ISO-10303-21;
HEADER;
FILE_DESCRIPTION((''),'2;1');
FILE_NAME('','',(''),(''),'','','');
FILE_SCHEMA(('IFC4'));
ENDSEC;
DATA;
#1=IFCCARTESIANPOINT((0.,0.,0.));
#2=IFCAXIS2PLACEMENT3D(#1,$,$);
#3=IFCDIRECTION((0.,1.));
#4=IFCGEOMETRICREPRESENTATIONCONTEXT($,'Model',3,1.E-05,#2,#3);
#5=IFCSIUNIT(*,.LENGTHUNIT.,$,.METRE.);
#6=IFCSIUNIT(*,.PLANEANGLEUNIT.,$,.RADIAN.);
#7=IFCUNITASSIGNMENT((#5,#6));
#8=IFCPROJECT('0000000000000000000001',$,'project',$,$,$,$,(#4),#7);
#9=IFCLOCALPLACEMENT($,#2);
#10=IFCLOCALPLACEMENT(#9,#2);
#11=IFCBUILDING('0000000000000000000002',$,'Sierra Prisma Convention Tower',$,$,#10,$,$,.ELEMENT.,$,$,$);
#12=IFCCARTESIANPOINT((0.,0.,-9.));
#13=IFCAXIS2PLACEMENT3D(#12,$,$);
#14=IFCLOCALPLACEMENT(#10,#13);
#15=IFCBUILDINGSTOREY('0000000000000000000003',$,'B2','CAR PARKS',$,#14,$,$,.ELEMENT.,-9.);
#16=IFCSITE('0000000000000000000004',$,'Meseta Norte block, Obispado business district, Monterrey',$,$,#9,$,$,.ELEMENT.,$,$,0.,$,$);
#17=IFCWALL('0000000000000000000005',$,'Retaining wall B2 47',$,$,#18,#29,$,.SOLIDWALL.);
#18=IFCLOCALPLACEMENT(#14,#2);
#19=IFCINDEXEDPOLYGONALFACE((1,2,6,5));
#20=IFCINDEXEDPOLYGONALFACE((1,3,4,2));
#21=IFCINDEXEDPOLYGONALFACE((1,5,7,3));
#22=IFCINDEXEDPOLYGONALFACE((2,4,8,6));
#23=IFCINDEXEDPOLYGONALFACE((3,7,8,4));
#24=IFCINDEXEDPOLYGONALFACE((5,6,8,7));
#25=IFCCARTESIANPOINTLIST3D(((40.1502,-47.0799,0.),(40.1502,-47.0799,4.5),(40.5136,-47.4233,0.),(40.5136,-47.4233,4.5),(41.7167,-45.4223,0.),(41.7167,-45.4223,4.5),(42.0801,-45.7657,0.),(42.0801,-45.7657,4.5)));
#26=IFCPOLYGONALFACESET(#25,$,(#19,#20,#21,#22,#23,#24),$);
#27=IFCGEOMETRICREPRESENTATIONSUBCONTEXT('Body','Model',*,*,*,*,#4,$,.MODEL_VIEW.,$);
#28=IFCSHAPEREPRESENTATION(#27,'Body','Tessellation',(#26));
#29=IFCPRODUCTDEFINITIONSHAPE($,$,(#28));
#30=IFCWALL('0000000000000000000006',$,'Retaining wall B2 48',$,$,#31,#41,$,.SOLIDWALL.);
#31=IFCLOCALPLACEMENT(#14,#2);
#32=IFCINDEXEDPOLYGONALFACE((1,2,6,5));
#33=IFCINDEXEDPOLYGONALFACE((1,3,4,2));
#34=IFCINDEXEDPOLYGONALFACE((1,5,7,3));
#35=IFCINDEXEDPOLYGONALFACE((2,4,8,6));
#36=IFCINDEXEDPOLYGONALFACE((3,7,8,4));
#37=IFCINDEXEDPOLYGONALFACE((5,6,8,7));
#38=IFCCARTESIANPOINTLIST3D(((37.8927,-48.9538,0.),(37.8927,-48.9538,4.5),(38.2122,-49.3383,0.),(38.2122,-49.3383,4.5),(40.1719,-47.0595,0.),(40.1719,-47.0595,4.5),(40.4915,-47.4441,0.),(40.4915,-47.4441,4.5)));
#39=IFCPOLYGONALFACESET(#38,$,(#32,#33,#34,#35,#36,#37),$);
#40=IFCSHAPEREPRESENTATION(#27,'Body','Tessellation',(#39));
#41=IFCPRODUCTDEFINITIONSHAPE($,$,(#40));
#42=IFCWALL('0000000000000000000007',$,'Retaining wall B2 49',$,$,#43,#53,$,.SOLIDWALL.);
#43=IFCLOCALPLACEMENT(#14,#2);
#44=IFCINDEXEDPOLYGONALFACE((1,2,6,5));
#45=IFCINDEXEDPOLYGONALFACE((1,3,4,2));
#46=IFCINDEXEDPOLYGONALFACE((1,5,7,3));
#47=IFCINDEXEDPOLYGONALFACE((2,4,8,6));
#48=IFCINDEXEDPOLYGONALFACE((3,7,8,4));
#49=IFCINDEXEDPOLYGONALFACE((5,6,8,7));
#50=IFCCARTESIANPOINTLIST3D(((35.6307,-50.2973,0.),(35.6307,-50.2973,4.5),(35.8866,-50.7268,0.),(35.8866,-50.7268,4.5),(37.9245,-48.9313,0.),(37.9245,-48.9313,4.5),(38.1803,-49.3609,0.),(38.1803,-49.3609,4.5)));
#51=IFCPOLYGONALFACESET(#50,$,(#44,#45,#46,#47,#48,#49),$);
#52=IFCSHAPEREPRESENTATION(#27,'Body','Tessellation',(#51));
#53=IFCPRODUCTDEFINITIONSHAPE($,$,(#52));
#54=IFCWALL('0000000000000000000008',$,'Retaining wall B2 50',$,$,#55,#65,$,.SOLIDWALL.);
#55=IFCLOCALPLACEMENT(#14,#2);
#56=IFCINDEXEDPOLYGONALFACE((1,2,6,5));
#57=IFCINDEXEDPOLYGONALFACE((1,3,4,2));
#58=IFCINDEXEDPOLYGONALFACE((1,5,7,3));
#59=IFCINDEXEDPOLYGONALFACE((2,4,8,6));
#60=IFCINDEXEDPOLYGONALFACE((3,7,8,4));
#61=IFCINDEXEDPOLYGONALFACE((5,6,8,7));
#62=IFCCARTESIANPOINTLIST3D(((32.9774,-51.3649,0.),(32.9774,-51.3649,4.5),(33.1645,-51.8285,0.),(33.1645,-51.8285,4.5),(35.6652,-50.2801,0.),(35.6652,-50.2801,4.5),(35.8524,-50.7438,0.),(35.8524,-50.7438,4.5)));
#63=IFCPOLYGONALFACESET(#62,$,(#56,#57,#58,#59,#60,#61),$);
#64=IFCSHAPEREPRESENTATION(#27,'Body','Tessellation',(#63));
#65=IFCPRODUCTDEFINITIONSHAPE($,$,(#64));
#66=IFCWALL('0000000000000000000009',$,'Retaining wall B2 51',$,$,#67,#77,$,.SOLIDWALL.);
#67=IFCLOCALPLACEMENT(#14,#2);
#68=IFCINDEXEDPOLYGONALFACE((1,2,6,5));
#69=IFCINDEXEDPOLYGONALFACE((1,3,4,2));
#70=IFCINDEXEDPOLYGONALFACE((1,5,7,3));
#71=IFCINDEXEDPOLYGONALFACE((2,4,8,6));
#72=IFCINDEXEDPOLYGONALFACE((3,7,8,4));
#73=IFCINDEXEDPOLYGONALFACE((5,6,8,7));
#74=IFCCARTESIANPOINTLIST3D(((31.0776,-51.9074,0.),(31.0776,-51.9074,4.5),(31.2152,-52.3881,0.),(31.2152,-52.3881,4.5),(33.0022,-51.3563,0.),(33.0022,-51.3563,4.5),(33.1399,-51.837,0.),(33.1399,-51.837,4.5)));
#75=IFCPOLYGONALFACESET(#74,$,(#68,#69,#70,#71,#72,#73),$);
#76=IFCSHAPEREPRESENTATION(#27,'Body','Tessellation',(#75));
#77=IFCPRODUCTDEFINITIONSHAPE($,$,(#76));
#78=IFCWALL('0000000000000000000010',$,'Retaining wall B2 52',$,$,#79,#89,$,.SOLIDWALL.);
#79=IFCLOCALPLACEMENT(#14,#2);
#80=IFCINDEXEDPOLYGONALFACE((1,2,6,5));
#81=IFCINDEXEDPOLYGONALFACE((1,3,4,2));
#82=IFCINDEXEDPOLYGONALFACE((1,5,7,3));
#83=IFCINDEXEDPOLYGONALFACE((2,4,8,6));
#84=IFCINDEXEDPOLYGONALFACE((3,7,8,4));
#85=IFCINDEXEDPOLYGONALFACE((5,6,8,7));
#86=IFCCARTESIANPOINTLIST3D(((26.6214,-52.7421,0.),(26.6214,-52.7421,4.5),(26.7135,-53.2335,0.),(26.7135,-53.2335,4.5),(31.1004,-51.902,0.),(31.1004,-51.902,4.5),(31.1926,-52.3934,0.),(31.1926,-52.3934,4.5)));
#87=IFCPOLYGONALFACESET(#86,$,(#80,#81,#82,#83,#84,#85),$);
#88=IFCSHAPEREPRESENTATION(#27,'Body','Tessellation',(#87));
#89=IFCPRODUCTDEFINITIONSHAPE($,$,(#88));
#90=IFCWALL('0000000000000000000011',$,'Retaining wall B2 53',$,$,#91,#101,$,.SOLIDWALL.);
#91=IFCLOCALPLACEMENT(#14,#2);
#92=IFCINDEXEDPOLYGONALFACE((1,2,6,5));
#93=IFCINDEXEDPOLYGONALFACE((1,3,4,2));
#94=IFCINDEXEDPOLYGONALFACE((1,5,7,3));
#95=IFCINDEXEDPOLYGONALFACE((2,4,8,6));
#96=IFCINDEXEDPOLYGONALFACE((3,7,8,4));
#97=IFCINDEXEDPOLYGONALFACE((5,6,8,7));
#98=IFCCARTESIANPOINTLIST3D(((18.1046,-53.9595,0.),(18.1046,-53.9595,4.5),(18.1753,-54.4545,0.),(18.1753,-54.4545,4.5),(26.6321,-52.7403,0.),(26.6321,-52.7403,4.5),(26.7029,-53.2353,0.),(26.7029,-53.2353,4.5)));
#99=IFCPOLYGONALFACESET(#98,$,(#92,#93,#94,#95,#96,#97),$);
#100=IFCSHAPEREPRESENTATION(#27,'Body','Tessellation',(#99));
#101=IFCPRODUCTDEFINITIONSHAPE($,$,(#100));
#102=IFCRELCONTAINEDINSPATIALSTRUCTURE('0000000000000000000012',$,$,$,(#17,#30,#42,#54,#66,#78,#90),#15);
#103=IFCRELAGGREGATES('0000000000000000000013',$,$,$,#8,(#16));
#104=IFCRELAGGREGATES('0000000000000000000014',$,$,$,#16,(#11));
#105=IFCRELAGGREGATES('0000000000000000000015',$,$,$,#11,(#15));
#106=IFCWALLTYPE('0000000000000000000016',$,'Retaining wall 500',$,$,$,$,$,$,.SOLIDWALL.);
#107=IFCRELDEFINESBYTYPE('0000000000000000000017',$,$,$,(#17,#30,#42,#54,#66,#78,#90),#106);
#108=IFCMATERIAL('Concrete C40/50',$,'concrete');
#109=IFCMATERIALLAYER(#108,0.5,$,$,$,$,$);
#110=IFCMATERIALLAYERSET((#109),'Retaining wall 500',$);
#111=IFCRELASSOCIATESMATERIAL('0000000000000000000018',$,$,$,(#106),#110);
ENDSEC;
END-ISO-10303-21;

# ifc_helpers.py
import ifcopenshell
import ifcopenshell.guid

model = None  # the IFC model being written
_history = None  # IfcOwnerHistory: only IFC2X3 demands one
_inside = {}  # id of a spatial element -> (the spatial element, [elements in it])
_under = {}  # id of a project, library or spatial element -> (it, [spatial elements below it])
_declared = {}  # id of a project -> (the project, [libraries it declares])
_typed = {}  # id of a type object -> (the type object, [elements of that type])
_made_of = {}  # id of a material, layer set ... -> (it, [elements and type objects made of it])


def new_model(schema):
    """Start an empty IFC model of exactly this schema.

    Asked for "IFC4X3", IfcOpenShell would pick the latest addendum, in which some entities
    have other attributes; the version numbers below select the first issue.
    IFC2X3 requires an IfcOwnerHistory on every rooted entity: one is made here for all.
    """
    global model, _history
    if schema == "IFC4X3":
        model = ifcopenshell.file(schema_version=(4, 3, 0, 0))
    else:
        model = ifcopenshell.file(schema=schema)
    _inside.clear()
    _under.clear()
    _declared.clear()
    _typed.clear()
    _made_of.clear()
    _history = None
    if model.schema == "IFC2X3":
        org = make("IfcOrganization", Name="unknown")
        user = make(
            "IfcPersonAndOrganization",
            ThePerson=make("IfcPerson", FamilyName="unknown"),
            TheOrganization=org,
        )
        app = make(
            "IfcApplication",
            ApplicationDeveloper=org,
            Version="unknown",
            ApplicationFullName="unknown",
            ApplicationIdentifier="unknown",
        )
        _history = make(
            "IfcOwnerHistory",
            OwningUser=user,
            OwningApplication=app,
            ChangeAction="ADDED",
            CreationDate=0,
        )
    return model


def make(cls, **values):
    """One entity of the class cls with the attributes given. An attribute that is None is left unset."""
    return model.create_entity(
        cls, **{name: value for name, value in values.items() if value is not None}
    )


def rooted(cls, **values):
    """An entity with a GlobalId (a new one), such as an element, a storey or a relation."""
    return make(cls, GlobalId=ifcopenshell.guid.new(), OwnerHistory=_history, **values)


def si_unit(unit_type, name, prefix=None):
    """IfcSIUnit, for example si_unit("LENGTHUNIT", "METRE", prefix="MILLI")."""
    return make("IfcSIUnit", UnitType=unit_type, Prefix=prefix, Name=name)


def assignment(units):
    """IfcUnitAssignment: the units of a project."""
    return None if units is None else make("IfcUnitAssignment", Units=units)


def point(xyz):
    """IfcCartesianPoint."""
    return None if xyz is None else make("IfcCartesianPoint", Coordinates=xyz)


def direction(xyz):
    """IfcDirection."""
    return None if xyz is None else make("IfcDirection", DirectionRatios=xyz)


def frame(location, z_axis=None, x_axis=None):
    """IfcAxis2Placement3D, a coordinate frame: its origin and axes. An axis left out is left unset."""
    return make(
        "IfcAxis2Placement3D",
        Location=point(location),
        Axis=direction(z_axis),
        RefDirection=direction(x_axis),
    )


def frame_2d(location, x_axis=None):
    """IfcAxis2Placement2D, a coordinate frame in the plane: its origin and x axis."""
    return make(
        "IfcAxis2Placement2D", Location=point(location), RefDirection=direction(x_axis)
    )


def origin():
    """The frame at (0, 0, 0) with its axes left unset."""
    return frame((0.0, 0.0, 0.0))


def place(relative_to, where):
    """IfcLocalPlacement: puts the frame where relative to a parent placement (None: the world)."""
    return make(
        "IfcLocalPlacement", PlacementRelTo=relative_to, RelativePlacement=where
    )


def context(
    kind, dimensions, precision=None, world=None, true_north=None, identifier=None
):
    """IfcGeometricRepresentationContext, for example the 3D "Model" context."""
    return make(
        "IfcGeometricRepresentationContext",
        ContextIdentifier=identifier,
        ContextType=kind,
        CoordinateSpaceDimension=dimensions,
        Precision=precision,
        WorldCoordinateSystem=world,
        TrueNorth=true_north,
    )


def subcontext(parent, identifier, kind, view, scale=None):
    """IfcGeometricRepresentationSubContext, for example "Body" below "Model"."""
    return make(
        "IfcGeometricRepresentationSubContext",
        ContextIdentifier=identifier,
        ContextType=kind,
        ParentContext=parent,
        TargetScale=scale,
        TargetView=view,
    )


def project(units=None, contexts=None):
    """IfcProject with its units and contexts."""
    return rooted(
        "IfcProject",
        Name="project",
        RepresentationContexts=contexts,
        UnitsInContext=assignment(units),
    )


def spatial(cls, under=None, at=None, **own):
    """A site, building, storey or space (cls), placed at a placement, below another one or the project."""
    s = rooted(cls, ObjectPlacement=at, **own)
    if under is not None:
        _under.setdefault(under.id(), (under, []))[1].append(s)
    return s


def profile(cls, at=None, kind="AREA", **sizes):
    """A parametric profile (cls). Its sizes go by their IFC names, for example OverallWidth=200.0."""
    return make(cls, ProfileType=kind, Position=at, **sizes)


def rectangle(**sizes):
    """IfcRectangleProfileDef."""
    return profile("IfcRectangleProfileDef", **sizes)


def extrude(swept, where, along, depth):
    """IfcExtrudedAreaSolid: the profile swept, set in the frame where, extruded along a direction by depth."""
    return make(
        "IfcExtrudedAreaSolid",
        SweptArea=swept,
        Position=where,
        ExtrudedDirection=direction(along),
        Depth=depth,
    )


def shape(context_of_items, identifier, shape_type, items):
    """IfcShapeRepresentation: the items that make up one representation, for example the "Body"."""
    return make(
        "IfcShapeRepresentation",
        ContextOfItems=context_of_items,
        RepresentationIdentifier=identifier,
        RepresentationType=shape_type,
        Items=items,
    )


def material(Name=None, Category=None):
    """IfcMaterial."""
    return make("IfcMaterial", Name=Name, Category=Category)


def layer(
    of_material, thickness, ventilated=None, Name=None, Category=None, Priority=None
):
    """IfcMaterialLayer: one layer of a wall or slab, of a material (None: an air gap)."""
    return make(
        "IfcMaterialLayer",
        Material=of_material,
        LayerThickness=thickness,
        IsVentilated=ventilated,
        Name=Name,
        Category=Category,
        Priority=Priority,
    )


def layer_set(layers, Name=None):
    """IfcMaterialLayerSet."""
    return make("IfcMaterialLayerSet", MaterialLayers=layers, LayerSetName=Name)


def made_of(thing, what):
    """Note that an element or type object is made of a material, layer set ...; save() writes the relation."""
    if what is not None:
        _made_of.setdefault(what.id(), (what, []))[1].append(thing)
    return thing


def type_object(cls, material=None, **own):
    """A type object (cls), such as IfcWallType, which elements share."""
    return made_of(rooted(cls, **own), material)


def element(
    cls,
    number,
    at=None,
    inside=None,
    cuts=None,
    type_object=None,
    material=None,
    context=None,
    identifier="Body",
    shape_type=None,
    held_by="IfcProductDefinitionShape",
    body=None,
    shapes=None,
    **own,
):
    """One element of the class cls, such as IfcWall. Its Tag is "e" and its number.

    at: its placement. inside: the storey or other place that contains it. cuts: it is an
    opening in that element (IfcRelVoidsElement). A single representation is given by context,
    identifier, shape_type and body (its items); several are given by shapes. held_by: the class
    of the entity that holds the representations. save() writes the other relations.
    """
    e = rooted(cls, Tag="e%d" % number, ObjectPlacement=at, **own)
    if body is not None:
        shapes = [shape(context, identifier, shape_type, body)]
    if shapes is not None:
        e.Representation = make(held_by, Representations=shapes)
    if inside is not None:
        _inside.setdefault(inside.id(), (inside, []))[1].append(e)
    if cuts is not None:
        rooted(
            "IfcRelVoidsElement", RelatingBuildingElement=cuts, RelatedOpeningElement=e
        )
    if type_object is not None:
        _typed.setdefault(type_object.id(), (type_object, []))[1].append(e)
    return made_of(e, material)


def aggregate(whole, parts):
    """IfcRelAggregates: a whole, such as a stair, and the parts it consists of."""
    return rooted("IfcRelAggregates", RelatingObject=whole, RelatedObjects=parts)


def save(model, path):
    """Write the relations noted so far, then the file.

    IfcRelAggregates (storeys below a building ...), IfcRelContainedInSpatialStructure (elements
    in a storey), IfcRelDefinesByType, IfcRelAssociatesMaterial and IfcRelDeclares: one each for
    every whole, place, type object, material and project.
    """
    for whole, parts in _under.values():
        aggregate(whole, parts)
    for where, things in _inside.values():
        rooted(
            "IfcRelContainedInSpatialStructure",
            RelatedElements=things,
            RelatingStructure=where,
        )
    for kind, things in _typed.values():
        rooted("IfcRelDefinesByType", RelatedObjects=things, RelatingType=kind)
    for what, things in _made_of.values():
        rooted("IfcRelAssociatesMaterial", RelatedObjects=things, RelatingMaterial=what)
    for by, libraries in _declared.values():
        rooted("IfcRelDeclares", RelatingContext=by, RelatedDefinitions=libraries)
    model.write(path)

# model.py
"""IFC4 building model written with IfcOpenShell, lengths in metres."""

from ifc_helpers import new_model, si_unit, direction, frame, frame_2d, origin, place, context, subcontext, project, spatial, rectangle, extrude, material, layer, layer_set, type_object, element, save


model = new_model("IFC4")

# Units and contexts
model_context = context("Model", 3, precision=1e-05, world=origin(), true_north=direction((0.0, 1.0)))
body_context = subcontext(model_context, "Body", "Model", "MODEL_VIEW")
ifc_project = project(units=[si_unit("LENGTHUNIT", "METRE"), si_unit("PLANEANGLEUNIT", "RADIAN")], contexts=[model_context])

# Site, building, storey
site_placement = place(None, origin())
site = spatial("IfcSite", under=ifc_project, at=site_placement, Name="Meseta Norte block, Obispado business district, Monterrey", CompositionType="ELEMENT", RefElevation=0.0)
building_placement = place(site_placement, origin())
building = spatial("IfcBuilding", under=site, at=building_placement, Name="Sierra Prisma Convention Tower", CompositionType="ELEMENT")
storey_placement = place(building_placement, frame((0.0, 0.0, -9.0)))
storey = spatial("IfcBuildingStorey", under=building, at=storey_placement, Name="B2", Description="CAR PARKS", CompositionType="ELEMENT", Elevation=-9.0)

# Walls
ifc_material_1 = material(Name="Concrete C40/50", Category="concrete")
ifc_layer = layer(ifc_material_1, 0.5)
ifc_layer_set = layer_set([ifc_layer], Name="Retaining wall 500")
wall_type = type_object("IfcWallType", Name="Retaining wall 500", PredefinedType="SOLIDWALL", material=ifc_layer_set)
wall_1_placement = place(storey_placement, frame((41.8984, -45.594, 0.0), z_axis=(0.0, 0.0, 1.0), x_axis=(-0.686862, -0.726788, 0.0)))
element("IfcWall", 1, at=wall_1_placement, inside=storey, type_object=wall_type, Name="Retaining wall B2 47", PredefinedType="SOLIDWALL", context=body_context, shape_type="SweptSolid", body=[
    extrude(rectangle(XDim=2.2808, YDim=0.5, at=frame_2d((1.1404, 0.0))), origin(), (0.0, 0.0, 1.0), 4.5),
])
wall_2_placement = place(storey_placement, frame((40.3318, -47.2517, 0.0), z_axis=(0.0, 0.0, 1.0), x_axis=(-0.769071, -0.639163, 0.0)))
element("IfcWall", 2, at=wall_2_placement, inside=storey, type_object=wall_type, Name="Retaining wall B2 48", PredefinedType="SOLIDWALL", context=body_context, shape_type="SweptSolid", body=[
    extrude(rectangle(XDim=2.9636, YDim=0.5, at=frame_2d((1.4819, 0.0))), origin(), (0.0, 0.0, 1.0), 4.5),
])
wall_3_placement = place(storey_placement, frame((38.0525, -49.146, 0.0), z_axis=(0.0, 0.0, 1.0), x_axis=(-0.859183, -0.511669, 0.0)))
element("IfcWall", 3, at=wall_3_placement, inside=storey, type_object=wall_type, Name="Retaining wall B2 49", PredefinedType="SOLIDWALL", context=body_context, shape_type="SweptSolid", body=[
    extrude(rectangle(XDim=2.6697, YDim=0.5, at=frame_2d((1.335, 0.0))), origin(), (0.0, 0.0, 1.0), 4.5),
])
wall_4_placement = place(storey_placement, frame((35.7588, -50.512, 0.0), z_axis=(0.0, 0.0, 1.0), x_axis=(-0.927328, -0.37425, 0.0)))
element("IfcWall", 4, at=wall_4_placement, inside=storey, type_object=wall_type, Name="Retaining wall B2 50", PredefinedType="SOLIDWALL", context=body_context, shape_type="SweptSolid", body=[
    extrude(rectangle(XDim=2.8984, YDim=0.5, at=frame_2d((1.4492, 0.0))), origin(), (0.0, 0.0, 1.0), 4.5),
])
wall_5_placement = place(storey_placement, frame((33.071, -51.5967, 0.0), z_axis=(0.0, 0.0, 1.0), x_axis=(-0.961372, -0.275253, 0.0)))
element("IfcWall", 5, at=wall_5_placement, inside=storey, type_object=wall_type, Name="Retaining wall B2 51", PredefinedType="SOLIDWALL", context=body_context, shape_type="SweptSolid", body=[
    extrude(rectangle(XDim=2.002, YDim=0.5, at=frame_2d((1.001, 0.0))), origin(), (0.0, 0.0, 1.0), 4.5),
])
wall_6_placement = place(storey_placement, frame((31.1465, -52.1477, 0.0), z_axis=(0.0, 0.0, 1.0), x_axis=(-0.982861, -0.184347, 0.0)))
element("IfcWall", 6, at=wall_6_placement, inside=storey, type_object=wall_type, Name="Retaining wall B2 52", PredefinedType="SOLIDWALL", context=body_context, shape_type="SweptSolid", body=[
    extrude(rectangle(XDim=4.5571, YDim=0.5, at=frame_2d((2.2786, 0.0))), origin(), (0.0, 0.0, 1.0), 4.5),
])
wall_7_placement = place(storey_placement, frame((26.6675, -52.9878, 0.0), z_axis=(0.0, 0.0, 1.0), x_axis=(-0.989933, -0.141536, 0.0)))
element("IfcWall", 7, at=wall_7_placement, inside=storey, type_object=wall_type, Name="Retaining wall B2 53", PredefinedType="SOLIDWALL", context=body_context, shape_type="SweptSolid", body=[
    extrude(rectangle(XDim=8.6143, YDim=0.5, at=frame_2d((4.3071, 0.0))), origin(), (0.0, 0.0, 1.0), 4.5),
])

save(model, "model.ifc")
